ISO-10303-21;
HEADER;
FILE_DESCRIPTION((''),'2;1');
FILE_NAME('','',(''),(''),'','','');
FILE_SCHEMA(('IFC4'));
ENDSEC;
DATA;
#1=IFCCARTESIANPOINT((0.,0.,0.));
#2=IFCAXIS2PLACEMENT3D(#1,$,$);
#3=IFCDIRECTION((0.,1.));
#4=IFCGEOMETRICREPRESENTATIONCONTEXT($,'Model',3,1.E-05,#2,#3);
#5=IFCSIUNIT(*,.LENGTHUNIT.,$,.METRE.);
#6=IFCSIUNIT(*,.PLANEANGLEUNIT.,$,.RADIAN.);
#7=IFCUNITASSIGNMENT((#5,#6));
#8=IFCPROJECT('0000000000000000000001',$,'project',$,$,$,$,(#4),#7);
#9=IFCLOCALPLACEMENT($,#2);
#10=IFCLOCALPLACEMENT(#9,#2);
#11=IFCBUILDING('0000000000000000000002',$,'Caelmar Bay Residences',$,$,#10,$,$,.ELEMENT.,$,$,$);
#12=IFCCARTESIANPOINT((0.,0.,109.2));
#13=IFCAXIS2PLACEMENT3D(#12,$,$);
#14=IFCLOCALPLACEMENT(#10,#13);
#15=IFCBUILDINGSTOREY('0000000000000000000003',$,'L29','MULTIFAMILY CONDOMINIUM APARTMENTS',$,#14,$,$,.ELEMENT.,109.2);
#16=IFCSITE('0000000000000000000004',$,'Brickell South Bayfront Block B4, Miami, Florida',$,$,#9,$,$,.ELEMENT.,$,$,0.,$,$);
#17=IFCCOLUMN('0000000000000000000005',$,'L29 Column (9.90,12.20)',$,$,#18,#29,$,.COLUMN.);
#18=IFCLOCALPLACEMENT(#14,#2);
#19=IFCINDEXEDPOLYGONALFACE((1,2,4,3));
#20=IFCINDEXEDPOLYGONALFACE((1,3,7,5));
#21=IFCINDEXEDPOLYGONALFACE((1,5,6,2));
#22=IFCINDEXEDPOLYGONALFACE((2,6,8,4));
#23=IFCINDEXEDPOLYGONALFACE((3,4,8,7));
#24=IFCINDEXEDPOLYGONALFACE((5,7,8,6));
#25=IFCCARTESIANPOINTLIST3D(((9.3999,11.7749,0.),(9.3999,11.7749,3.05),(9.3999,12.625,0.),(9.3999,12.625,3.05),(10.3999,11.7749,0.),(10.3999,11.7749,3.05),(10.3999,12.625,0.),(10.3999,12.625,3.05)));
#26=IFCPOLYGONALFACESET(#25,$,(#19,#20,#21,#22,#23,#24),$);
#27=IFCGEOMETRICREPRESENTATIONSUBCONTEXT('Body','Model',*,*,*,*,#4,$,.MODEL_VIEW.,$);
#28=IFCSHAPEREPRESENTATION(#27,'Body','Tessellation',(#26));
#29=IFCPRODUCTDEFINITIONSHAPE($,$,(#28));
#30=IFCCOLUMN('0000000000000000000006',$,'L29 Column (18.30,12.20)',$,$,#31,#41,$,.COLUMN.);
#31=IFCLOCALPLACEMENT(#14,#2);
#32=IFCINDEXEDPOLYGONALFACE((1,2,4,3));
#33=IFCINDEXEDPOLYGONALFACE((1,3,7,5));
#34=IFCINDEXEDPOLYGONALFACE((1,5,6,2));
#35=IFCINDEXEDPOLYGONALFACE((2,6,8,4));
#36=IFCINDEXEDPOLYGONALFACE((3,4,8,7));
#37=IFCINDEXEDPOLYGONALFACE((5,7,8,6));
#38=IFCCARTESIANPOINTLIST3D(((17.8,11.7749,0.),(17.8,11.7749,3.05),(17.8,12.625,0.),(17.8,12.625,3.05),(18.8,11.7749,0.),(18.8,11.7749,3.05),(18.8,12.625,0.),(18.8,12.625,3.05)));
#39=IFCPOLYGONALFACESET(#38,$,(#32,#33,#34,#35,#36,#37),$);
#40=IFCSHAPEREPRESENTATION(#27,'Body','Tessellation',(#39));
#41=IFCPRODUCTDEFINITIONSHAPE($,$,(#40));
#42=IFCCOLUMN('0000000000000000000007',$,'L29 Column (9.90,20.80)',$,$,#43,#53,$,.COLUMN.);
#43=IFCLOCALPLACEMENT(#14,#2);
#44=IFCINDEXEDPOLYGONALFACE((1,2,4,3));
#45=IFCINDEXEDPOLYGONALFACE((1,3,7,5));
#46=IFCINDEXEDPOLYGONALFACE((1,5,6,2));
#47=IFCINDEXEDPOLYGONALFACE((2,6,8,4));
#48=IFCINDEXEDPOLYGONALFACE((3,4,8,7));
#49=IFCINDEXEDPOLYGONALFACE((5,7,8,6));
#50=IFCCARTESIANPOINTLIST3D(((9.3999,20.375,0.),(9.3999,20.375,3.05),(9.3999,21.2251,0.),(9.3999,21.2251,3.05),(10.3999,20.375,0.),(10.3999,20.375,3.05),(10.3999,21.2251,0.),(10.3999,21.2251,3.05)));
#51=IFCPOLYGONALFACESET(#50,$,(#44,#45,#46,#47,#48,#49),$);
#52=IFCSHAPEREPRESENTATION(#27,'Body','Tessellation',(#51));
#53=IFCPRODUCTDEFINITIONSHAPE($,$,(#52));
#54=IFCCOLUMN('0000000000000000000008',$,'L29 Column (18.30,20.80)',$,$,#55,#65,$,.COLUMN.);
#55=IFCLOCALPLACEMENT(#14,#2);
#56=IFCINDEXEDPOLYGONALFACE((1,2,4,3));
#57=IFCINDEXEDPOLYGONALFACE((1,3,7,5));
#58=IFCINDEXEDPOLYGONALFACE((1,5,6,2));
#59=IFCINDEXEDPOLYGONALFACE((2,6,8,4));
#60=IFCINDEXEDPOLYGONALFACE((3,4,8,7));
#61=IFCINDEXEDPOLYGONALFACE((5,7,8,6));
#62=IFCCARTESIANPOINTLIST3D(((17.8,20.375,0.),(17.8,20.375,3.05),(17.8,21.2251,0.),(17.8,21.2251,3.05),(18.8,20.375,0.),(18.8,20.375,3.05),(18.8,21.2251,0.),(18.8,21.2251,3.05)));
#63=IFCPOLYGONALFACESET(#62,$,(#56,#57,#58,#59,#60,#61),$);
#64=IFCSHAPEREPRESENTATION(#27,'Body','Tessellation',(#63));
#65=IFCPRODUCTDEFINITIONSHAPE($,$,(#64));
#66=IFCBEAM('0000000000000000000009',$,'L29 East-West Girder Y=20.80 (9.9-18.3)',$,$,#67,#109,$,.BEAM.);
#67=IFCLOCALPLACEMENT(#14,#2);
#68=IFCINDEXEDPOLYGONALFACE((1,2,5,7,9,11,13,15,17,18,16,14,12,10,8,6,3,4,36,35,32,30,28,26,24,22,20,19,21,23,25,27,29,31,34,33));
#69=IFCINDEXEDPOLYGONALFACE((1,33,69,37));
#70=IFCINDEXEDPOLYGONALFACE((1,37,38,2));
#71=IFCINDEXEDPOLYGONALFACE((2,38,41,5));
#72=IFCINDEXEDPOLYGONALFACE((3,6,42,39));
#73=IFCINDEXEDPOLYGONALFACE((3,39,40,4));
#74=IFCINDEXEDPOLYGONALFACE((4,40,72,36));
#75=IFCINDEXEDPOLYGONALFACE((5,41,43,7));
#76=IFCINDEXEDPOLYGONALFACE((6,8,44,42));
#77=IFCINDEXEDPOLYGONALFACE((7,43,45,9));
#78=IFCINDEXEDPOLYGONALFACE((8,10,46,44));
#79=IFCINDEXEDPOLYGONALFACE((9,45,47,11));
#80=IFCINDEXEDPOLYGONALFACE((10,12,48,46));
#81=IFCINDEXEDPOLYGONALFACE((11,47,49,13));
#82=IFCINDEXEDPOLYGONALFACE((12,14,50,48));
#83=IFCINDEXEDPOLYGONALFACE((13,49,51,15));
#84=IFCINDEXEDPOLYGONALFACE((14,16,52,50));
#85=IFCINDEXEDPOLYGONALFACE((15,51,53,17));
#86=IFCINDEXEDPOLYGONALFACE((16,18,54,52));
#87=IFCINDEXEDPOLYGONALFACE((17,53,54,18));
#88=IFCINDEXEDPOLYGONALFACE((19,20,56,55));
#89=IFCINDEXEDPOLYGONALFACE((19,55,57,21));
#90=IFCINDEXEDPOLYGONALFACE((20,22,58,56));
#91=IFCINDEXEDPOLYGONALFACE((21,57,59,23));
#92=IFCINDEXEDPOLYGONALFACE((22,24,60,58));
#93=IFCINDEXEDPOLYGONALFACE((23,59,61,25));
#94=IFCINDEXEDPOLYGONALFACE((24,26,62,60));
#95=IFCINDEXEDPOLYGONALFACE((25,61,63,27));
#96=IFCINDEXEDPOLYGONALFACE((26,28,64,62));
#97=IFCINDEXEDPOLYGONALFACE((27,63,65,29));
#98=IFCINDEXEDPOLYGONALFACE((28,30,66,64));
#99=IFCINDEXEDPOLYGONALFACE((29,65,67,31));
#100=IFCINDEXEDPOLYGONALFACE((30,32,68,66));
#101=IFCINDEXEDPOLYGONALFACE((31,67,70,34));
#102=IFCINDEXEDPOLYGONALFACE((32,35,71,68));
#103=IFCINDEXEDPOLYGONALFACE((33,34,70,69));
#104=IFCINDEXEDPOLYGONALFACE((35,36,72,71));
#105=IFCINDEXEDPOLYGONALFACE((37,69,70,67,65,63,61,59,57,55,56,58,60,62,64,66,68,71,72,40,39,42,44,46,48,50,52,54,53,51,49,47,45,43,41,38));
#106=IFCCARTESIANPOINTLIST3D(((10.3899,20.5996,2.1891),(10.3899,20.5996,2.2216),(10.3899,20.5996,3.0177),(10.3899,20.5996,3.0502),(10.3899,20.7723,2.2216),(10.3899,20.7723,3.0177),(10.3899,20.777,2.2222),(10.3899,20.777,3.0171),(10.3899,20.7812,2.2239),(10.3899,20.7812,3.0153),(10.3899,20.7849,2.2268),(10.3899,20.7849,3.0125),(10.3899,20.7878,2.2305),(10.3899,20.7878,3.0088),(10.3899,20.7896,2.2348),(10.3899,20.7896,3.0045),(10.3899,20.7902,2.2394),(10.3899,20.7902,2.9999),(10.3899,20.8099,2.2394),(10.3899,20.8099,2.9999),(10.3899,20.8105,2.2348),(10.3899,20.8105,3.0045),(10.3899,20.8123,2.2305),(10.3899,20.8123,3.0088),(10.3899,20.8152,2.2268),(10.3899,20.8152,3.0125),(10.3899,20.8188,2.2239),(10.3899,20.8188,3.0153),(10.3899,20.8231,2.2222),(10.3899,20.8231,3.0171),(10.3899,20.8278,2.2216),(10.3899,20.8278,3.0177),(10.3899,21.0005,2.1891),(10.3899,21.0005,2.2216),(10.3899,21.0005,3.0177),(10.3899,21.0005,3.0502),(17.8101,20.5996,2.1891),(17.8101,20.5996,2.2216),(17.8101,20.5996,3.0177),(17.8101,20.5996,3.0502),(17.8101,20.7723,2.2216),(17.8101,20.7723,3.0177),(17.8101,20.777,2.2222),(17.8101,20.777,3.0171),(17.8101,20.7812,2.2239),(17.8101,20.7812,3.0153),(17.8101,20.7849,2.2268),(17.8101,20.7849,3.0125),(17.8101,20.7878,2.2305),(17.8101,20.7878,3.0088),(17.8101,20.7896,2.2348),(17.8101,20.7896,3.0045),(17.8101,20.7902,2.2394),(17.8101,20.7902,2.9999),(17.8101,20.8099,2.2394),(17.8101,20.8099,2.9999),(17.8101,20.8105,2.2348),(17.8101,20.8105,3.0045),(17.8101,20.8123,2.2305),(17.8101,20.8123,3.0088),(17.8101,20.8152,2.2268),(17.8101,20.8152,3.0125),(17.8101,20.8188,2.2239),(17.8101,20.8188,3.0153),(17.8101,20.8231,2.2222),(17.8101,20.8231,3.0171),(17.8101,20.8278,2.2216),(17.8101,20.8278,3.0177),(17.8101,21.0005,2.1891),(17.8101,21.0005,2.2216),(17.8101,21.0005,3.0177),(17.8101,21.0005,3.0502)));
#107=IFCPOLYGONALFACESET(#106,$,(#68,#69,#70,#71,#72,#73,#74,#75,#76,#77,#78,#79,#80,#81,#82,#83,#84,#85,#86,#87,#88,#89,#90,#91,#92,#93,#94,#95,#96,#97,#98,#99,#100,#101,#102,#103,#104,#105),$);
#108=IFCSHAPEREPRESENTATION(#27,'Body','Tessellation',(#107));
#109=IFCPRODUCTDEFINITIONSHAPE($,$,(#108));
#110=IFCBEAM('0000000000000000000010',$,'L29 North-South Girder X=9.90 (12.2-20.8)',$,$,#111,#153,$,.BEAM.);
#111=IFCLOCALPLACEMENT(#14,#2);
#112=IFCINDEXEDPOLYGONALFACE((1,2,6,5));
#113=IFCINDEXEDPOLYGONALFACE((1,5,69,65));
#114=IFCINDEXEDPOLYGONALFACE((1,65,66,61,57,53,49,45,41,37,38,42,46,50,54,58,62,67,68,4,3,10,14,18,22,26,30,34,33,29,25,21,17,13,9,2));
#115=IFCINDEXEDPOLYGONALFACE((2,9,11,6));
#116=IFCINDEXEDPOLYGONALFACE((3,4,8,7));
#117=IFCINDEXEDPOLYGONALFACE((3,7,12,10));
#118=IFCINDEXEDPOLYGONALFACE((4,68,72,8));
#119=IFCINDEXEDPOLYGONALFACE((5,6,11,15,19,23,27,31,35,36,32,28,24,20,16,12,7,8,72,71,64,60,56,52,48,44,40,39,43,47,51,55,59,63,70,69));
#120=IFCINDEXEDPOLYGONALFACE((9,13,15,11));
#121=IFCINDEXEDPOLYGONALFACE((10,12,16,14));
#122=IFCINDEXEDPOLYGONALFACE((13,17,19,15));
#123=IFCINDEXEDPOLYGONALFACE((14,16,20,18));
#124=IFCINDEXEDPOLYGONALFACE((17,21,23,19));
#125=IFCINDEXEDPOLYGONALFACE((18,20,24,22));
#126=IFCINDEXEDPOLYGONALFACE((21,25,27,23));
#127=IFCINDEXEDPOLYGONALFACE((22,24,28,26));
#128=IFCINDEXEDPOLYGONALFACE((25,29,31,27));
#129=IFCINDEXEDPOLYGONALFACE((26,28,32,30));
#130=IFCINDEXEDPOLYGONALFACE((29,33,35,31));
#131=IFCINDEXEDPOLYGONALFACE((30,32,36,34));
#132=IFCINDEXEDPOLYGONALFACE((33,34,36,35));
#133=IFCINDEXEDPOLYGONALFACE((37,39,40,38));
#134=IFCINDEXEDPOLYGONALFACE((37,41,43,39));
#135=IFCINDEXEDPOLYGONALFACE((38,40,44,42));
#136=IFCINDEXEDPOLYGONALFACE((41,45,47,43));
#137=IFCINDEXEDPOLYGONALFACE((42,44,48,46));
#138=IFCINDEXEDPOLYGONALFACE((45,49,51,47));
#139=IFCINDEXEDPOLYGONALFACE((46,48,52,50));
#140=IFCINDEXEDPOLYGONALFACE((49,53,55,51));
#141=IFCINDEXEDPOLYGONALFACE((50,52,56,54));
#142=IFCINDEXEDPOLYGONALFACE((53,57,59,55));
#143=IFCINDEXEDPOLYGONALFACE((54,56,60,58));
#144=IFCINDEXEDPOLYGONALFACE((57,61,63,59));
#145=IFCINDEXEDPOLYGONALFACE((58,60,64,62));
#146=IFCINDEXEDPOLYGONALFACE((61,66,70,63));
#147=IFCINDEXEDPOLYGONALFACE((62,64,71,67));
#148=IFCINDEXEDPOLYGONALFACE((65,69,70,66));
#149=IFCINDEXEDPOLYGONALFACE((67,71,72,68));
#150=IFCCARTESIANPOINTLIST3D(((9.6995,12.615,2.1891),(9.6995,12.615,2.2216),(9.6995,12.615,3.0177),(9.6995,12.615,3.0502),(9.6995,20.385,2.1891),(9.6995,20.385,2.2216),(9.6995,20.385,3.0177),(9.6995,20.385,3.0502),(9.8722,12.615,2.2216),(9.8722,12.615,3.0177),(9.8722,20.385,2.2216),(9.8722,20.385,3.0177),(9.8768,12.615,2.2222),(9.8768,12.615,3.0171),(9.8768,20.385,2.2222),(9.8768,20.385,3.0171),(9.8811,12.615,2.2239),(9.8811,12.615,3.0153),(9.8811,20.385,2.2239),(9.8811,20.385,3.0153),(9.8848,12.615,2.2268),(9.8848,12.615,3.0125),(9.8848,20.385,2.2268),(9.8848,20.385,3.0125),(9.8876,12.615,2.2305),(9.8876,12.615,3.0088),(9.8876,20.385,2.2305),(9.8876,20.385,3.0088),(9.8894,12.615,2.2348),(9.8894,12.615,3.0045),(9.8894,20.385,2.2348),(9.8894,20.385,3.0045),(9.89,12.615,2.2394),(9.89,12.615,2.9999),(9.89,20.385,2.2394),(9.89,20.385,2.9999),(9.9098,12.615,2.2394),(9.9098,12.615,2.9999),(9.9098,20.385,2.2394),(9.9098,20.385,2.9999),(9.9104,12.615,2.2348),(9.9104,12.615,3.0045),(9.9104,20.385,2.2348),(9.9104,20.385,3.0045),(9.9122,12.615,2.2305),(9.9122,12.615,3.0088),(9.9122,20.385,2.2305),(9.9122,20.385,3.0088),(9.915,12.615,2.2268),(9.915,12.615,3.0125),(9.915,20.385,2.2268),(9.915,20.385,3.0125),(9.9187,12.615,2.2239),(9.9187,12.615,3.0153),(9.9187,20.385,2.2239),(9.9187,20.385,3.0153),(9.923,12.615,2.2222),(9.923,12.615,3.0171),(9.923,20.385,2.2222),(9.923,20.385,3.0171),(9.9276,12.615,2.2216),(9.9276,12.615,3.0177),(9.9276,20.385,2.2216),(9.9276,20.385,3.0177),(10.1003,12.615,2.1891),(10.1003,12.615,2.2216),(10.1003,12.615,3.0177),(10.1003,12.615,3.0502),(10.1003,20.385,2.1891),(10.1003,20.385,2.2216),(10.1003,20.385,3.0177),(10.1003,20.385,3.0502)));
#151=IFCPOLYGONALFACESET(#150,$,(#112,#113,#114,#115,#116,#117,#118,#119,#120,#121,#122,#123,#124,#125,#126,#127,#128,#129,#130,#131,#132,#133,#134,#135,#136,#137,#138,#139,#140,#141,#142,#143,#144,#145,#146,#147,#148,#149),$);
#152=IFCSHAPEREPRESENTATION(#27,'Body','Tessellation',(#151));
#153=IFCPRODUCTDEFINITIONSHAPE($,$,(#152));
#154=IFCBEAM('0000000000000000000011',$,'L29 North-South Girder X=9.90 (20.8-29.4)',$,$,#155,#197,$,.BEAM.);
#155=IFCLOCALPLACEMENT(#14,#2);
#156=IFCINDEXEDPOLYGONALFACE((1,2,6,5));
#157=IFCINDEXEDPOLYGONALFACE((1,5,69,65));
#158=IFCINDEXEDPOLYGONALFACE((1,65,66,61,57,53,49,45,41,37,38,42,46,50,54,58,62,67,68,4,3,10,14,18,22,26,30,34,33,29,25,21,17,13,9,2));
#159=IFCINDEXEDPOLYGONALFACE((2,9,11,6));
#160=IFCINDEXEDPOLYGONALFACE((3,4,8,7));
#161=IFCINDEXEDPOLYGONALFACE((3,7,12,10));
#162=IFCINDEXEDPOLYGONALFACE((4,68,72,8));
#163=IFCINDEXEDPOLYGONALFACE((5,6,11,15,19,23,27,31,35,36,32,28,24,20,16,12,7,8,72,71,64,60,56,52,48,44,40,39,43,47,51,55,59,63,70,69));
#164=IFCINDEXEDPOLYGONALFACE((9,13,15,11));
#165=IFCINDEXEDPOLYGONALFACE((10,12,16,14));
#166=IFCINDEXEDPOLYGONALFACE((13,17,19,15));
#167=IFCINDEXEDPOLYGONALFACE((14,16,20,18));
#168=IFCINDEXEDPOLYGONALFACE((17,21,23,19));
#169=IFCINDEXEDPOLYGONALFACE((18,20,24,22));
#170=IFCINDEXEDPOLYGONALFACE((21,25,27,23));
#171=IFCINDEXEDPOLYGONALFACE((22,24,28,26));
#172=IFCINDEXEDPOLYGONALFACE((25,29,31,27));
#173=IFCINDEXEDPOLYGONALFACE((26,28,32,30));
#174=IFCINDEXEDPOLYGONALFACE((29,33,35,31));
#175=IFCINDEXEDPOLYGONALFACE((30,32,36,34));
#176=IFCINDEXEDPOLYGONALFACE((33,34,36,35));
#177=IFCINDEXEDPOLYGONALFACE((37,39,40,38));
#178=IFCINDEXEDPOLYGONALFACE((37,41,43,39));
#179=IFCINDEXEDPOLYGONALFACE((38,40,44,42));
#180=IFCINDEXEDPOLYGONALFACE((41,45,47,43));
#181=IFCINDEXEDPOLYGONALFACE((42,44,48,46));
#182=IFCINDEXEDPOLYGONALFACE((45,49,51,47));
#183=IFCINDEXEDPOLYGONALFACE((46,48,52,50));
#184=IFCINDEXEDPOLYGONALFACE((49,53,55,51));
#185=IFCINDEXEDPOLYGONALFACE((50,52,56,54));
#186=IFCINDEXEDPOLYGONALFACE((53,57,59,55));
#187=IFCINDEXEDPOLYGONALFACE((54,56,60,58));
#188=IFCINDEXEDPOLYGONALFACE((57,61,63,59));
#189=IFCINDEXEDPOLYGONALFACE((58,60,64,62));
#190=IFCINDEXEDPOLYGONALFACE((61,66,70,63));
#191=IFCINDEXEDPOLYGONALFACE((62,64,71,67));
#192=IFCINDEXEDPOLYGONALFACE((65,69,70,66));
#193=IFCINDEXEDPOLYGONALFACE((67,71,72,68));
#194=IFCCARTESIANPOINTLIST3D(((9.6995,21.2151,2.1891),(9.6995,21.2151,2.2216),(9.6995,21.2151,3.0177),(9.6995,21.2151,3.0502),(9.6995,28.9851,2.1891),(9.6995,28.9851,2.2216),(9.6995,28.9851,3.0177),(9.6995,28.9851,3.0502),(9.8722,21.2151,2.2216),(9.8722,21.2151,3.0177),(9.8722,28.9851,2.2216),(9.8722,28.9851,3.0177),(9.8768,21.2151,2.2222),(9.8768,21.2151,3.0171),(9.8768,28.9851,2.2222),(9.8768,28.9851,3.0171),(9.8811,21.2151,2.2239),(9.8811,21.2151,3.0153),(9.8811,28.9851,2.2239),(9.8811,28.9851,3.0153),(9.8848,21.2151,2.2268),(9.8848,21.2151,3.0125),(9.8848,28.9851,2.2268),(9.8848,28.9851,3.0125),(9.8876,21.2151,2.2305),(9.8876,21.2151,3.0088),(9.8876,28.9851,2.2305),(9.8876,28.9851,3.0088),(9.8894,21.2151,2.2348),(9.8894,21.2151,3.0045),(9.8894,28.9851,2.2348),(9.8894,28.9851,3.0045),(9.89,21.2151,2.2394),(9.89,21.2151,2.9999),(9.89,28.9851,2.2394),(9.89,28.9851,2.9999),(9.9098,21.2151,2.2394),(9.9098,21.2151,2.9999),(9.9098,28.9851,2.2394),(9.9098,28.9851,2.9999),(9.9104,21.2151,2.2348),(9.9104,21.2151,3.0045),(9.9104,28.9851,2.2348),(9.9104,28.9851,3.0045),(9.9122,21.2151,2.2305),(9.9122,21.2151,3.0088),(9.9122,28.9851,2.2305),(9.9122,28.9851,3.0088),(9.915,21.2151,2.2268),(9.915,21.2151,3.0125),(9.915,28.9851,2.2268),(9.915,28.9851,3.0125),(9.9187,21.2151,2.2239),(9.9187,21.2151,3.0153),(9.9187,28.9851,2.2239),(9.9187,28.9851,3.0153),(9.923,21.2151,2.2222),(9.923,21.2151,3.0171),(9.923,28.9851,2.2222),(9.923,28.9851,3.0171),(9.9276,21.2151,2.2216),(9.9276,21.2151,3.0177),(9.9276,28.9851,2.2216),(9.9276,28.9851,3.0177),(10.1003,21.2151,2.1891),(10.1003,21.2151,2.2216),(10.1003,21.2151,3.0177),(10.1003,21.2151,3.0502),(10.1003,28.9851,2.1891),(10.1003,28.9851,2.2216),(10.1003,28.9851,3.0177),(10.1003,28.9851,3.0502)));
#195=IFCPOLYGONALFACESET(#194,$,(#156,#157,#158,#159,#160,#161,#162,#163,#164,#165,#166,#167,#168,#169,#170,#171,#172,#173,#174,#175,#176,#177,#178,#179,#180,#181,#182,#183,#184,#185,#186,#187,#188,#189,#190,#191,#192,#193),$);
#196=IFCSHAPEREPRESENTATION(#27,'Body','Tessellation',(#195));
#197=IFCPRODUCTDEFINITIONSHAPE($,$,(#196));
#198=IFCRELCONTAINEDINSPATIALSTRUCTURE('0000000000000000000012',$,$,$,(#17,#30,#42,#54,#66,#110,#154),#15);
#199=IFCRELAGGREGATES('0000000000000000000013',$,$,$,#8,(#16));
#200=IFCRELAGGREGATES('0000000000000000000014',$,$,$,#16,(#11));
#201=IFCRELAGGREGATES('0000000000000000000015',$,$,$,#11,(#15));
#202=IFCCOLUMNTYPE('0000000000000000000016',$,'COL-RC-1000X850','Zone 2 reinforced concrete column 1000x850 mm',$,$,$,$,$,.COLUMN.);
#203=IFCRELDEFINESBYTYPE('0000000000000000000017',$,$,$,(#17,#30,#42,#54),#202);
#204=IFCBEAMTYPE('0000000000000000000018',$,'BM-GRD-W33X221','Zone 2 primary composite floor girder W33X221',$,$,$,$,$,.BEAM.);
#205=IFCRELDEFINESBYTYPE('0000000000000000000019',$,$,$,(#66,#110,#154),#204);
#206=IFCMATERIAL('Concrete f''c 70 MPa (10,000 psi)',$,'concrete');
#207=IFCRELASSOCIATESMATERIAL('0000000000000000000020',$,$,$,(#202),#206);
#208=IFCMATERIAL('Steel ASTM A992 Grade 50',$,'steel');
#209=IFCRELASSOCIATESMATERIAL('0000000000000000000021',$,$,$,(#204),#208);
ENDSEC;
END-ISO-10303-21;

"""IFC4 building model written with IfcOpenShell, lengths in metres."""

from ifc_helpers import new_model, si_unit, direction, frame, origin, origin_2d, place, context, subcontext, project, spatial, rectangle, i_section, extrude, material, material_profile, profile_set, type_object, element, save


model = new_model("IFC4")

# Units and contexts
model_context = context("Model", 3, precision=1e-05, world=origin(), true_north=direction((0.0, 1.0)))
body_context = subcontext(model_context, "Body", "Model", "MODEL_VIEW")
ifc_project = project(units=[si_unit("LENGTHUNIT", "METRE"), si_unit("PLANEANGLEUNIT", "RADIAN")], contexts=[model_context])

# Site, building, storey
site_placement = place(None, origin())
site = spatial("IfcSite", under=ifc_project, at=site_placement, Name="Brickell South Bayfront Block B4, Miami, Florida", CompositionType="ELEMENT", RefElevation=0.0)
building_placement = place(site_placement, origin())
building = spatial("IfcBuilding", under=site, at=building_placement, Name="Caelmar Bay Residences", CompositionType="ELEMENT")
storey_placement = place(building_placement, frame((0.0, 0.0, 109.2)))
storey = spatial("IfcBuildingStorey", under=building, at=storey_placement, Name="L29", Description="MULTIFAMILY CONDOMINIUM APARTMENTS", CompositionType="ELEMENT", Elevation=109.2)

# Columns
ifc_material_1 = material(Name="Concrete f'c 70 MPa (10,000 psi)", Category="concrete")
ifc_material_profile_1 = material_profile(ifc_material_1, rectangle(XDim=1.0, YDim=0.8501, at=origin_2d()), Name="RC-COL-1000X850")
ifc_profile_set_1 = profile_set([ifc_material_profile_1], Name="Concrete f'c 70 MPa (10,000 psi)")
column_type = type_object("IfcColumnType", Name="COL-RC-1000X850", Description="Zone 2 reinforced concrete column 1000x850 mm", PredefinedType="COLUMN", material=ifc_profile_set_1)
for number, where, z_axis, x_axis, name in (
    (1, (9.8999, 12.2, 0.0), (0.0, 0.0, 1.0), (1.0, 0.0, 0.0), "L29 Column (9.90,12.20)"),
    (2, (18.3, 12.2, 0.0), (0.0, 0.0, 1.0), (1.0, 0.0, 0.0), "L29 Column (18.30,12.20)"),
    (3, (9.8999, 20.8, 0.0), (0.0, 0.0, 1.0), (1.0, 0.0, 0.0), "L29 Column (9.90,20.80)"),
    (4, (18.3, 20.8, 0.0), (0.0, 0.0, 1.0), (1.0, 0.0, 0.0), "L29 Column (18.30,20.80)"),
):
    element("IfcColumn", number, at=place(storey_placement, frame(where, z_axis=z_axis, x_axis=x_axis)), inside=storey, type_object=column_type, Name=name, PredefinedType="COLUMN", context=body_context, shape_type="SweptSolid", body=[
        extrude(rectangle(XDim=1.0, YDim=0.8501, at=origin_2d()), origin(), (0.0, 0.0, 1.0), 3.05),
    ])

# Beams
ifc_material_2 = material(Name="Steel ASTM A992 Grade 50", Category="steel")
ifc_material_profile_2 = material_profile(ifc_material_2, i_section(OverallWidth=0.4009, OverallDepth=0.8611, WebThickness=0.0198, FlangeThickness=0.0325, FilletRadius=0.0178, at=origin_2d()), Name="W33X221")
ifc_profile_set_2 = profile_set([ifc_material_profile_2], Name="Steel ASTM A992 Grade 50")
beam_type_1 = type_object("IfcBeamType", Name="BM-GRD-W33X221", Description="Zone 2 primary composite floor girder W33X221", PredefinedType="BEAM", material=ifc_profile_set_2)
beam_1_placement = place(storey_placement, frame((10.3899, 20.8, 2.6196), z_axis=(1.0, 0.0, 0.0), x_axis=(0.0, 1.0, 0.0)))
element("IfcBeam", 5, at=beam_1_placement, inside=storey, type_object=beam_type_1, Name="L29 East-West Girder Y=20.80 (9.9-18.3)", PredefinedType="BEAM", context=body_context, shape_type="SweptSolid", body=[
    extrude(i_section(OverallWidth=0.4009, OverallDepth=0.8611, WebThickness=0.0198, FlangeThickness=0.0325, FilletRadius=0.0178, at=origin_2d()), origin(), (0.0, 0.0, 1.0), 7.4202),
])
for number, where, z_axis, x_axis, name in (
    (6, (9.8999, 12.615, 2.6196), (0.0, 1.0, 0.0), (-1.0, 0.0, 0.0), "L29 North-South Girder X=9.90 (12.2-20.8)"),
    (7, (9.8999, 21.2151, 2.6196), (0.0, 1.0, 0.0), (-1.0, 0.0, 0.0), "L29 North-South Girder X=9.90 (20.8-29.4)"),
):
    element("IfcBeam", number, at=place(storey_placement, frame(where, z_axis=z_axis, x_axis=x_axis)), inside=storey, type_object=beam_type_1, Name=name, PredefinedType="BEAM", context=body_context, shape_type="SweptSolid", body=[
        extrude(i_section(OverallWidth=0.4009, OverallDepth=0.8611, WebThickness=0.0198, FlangeThickness=0.0325, FilletRadius=0.0178, at=origin_2d()), origin(), (0.0, 0.0, 1.0), 7.77),
    ])

save(model, "model.ifc")
